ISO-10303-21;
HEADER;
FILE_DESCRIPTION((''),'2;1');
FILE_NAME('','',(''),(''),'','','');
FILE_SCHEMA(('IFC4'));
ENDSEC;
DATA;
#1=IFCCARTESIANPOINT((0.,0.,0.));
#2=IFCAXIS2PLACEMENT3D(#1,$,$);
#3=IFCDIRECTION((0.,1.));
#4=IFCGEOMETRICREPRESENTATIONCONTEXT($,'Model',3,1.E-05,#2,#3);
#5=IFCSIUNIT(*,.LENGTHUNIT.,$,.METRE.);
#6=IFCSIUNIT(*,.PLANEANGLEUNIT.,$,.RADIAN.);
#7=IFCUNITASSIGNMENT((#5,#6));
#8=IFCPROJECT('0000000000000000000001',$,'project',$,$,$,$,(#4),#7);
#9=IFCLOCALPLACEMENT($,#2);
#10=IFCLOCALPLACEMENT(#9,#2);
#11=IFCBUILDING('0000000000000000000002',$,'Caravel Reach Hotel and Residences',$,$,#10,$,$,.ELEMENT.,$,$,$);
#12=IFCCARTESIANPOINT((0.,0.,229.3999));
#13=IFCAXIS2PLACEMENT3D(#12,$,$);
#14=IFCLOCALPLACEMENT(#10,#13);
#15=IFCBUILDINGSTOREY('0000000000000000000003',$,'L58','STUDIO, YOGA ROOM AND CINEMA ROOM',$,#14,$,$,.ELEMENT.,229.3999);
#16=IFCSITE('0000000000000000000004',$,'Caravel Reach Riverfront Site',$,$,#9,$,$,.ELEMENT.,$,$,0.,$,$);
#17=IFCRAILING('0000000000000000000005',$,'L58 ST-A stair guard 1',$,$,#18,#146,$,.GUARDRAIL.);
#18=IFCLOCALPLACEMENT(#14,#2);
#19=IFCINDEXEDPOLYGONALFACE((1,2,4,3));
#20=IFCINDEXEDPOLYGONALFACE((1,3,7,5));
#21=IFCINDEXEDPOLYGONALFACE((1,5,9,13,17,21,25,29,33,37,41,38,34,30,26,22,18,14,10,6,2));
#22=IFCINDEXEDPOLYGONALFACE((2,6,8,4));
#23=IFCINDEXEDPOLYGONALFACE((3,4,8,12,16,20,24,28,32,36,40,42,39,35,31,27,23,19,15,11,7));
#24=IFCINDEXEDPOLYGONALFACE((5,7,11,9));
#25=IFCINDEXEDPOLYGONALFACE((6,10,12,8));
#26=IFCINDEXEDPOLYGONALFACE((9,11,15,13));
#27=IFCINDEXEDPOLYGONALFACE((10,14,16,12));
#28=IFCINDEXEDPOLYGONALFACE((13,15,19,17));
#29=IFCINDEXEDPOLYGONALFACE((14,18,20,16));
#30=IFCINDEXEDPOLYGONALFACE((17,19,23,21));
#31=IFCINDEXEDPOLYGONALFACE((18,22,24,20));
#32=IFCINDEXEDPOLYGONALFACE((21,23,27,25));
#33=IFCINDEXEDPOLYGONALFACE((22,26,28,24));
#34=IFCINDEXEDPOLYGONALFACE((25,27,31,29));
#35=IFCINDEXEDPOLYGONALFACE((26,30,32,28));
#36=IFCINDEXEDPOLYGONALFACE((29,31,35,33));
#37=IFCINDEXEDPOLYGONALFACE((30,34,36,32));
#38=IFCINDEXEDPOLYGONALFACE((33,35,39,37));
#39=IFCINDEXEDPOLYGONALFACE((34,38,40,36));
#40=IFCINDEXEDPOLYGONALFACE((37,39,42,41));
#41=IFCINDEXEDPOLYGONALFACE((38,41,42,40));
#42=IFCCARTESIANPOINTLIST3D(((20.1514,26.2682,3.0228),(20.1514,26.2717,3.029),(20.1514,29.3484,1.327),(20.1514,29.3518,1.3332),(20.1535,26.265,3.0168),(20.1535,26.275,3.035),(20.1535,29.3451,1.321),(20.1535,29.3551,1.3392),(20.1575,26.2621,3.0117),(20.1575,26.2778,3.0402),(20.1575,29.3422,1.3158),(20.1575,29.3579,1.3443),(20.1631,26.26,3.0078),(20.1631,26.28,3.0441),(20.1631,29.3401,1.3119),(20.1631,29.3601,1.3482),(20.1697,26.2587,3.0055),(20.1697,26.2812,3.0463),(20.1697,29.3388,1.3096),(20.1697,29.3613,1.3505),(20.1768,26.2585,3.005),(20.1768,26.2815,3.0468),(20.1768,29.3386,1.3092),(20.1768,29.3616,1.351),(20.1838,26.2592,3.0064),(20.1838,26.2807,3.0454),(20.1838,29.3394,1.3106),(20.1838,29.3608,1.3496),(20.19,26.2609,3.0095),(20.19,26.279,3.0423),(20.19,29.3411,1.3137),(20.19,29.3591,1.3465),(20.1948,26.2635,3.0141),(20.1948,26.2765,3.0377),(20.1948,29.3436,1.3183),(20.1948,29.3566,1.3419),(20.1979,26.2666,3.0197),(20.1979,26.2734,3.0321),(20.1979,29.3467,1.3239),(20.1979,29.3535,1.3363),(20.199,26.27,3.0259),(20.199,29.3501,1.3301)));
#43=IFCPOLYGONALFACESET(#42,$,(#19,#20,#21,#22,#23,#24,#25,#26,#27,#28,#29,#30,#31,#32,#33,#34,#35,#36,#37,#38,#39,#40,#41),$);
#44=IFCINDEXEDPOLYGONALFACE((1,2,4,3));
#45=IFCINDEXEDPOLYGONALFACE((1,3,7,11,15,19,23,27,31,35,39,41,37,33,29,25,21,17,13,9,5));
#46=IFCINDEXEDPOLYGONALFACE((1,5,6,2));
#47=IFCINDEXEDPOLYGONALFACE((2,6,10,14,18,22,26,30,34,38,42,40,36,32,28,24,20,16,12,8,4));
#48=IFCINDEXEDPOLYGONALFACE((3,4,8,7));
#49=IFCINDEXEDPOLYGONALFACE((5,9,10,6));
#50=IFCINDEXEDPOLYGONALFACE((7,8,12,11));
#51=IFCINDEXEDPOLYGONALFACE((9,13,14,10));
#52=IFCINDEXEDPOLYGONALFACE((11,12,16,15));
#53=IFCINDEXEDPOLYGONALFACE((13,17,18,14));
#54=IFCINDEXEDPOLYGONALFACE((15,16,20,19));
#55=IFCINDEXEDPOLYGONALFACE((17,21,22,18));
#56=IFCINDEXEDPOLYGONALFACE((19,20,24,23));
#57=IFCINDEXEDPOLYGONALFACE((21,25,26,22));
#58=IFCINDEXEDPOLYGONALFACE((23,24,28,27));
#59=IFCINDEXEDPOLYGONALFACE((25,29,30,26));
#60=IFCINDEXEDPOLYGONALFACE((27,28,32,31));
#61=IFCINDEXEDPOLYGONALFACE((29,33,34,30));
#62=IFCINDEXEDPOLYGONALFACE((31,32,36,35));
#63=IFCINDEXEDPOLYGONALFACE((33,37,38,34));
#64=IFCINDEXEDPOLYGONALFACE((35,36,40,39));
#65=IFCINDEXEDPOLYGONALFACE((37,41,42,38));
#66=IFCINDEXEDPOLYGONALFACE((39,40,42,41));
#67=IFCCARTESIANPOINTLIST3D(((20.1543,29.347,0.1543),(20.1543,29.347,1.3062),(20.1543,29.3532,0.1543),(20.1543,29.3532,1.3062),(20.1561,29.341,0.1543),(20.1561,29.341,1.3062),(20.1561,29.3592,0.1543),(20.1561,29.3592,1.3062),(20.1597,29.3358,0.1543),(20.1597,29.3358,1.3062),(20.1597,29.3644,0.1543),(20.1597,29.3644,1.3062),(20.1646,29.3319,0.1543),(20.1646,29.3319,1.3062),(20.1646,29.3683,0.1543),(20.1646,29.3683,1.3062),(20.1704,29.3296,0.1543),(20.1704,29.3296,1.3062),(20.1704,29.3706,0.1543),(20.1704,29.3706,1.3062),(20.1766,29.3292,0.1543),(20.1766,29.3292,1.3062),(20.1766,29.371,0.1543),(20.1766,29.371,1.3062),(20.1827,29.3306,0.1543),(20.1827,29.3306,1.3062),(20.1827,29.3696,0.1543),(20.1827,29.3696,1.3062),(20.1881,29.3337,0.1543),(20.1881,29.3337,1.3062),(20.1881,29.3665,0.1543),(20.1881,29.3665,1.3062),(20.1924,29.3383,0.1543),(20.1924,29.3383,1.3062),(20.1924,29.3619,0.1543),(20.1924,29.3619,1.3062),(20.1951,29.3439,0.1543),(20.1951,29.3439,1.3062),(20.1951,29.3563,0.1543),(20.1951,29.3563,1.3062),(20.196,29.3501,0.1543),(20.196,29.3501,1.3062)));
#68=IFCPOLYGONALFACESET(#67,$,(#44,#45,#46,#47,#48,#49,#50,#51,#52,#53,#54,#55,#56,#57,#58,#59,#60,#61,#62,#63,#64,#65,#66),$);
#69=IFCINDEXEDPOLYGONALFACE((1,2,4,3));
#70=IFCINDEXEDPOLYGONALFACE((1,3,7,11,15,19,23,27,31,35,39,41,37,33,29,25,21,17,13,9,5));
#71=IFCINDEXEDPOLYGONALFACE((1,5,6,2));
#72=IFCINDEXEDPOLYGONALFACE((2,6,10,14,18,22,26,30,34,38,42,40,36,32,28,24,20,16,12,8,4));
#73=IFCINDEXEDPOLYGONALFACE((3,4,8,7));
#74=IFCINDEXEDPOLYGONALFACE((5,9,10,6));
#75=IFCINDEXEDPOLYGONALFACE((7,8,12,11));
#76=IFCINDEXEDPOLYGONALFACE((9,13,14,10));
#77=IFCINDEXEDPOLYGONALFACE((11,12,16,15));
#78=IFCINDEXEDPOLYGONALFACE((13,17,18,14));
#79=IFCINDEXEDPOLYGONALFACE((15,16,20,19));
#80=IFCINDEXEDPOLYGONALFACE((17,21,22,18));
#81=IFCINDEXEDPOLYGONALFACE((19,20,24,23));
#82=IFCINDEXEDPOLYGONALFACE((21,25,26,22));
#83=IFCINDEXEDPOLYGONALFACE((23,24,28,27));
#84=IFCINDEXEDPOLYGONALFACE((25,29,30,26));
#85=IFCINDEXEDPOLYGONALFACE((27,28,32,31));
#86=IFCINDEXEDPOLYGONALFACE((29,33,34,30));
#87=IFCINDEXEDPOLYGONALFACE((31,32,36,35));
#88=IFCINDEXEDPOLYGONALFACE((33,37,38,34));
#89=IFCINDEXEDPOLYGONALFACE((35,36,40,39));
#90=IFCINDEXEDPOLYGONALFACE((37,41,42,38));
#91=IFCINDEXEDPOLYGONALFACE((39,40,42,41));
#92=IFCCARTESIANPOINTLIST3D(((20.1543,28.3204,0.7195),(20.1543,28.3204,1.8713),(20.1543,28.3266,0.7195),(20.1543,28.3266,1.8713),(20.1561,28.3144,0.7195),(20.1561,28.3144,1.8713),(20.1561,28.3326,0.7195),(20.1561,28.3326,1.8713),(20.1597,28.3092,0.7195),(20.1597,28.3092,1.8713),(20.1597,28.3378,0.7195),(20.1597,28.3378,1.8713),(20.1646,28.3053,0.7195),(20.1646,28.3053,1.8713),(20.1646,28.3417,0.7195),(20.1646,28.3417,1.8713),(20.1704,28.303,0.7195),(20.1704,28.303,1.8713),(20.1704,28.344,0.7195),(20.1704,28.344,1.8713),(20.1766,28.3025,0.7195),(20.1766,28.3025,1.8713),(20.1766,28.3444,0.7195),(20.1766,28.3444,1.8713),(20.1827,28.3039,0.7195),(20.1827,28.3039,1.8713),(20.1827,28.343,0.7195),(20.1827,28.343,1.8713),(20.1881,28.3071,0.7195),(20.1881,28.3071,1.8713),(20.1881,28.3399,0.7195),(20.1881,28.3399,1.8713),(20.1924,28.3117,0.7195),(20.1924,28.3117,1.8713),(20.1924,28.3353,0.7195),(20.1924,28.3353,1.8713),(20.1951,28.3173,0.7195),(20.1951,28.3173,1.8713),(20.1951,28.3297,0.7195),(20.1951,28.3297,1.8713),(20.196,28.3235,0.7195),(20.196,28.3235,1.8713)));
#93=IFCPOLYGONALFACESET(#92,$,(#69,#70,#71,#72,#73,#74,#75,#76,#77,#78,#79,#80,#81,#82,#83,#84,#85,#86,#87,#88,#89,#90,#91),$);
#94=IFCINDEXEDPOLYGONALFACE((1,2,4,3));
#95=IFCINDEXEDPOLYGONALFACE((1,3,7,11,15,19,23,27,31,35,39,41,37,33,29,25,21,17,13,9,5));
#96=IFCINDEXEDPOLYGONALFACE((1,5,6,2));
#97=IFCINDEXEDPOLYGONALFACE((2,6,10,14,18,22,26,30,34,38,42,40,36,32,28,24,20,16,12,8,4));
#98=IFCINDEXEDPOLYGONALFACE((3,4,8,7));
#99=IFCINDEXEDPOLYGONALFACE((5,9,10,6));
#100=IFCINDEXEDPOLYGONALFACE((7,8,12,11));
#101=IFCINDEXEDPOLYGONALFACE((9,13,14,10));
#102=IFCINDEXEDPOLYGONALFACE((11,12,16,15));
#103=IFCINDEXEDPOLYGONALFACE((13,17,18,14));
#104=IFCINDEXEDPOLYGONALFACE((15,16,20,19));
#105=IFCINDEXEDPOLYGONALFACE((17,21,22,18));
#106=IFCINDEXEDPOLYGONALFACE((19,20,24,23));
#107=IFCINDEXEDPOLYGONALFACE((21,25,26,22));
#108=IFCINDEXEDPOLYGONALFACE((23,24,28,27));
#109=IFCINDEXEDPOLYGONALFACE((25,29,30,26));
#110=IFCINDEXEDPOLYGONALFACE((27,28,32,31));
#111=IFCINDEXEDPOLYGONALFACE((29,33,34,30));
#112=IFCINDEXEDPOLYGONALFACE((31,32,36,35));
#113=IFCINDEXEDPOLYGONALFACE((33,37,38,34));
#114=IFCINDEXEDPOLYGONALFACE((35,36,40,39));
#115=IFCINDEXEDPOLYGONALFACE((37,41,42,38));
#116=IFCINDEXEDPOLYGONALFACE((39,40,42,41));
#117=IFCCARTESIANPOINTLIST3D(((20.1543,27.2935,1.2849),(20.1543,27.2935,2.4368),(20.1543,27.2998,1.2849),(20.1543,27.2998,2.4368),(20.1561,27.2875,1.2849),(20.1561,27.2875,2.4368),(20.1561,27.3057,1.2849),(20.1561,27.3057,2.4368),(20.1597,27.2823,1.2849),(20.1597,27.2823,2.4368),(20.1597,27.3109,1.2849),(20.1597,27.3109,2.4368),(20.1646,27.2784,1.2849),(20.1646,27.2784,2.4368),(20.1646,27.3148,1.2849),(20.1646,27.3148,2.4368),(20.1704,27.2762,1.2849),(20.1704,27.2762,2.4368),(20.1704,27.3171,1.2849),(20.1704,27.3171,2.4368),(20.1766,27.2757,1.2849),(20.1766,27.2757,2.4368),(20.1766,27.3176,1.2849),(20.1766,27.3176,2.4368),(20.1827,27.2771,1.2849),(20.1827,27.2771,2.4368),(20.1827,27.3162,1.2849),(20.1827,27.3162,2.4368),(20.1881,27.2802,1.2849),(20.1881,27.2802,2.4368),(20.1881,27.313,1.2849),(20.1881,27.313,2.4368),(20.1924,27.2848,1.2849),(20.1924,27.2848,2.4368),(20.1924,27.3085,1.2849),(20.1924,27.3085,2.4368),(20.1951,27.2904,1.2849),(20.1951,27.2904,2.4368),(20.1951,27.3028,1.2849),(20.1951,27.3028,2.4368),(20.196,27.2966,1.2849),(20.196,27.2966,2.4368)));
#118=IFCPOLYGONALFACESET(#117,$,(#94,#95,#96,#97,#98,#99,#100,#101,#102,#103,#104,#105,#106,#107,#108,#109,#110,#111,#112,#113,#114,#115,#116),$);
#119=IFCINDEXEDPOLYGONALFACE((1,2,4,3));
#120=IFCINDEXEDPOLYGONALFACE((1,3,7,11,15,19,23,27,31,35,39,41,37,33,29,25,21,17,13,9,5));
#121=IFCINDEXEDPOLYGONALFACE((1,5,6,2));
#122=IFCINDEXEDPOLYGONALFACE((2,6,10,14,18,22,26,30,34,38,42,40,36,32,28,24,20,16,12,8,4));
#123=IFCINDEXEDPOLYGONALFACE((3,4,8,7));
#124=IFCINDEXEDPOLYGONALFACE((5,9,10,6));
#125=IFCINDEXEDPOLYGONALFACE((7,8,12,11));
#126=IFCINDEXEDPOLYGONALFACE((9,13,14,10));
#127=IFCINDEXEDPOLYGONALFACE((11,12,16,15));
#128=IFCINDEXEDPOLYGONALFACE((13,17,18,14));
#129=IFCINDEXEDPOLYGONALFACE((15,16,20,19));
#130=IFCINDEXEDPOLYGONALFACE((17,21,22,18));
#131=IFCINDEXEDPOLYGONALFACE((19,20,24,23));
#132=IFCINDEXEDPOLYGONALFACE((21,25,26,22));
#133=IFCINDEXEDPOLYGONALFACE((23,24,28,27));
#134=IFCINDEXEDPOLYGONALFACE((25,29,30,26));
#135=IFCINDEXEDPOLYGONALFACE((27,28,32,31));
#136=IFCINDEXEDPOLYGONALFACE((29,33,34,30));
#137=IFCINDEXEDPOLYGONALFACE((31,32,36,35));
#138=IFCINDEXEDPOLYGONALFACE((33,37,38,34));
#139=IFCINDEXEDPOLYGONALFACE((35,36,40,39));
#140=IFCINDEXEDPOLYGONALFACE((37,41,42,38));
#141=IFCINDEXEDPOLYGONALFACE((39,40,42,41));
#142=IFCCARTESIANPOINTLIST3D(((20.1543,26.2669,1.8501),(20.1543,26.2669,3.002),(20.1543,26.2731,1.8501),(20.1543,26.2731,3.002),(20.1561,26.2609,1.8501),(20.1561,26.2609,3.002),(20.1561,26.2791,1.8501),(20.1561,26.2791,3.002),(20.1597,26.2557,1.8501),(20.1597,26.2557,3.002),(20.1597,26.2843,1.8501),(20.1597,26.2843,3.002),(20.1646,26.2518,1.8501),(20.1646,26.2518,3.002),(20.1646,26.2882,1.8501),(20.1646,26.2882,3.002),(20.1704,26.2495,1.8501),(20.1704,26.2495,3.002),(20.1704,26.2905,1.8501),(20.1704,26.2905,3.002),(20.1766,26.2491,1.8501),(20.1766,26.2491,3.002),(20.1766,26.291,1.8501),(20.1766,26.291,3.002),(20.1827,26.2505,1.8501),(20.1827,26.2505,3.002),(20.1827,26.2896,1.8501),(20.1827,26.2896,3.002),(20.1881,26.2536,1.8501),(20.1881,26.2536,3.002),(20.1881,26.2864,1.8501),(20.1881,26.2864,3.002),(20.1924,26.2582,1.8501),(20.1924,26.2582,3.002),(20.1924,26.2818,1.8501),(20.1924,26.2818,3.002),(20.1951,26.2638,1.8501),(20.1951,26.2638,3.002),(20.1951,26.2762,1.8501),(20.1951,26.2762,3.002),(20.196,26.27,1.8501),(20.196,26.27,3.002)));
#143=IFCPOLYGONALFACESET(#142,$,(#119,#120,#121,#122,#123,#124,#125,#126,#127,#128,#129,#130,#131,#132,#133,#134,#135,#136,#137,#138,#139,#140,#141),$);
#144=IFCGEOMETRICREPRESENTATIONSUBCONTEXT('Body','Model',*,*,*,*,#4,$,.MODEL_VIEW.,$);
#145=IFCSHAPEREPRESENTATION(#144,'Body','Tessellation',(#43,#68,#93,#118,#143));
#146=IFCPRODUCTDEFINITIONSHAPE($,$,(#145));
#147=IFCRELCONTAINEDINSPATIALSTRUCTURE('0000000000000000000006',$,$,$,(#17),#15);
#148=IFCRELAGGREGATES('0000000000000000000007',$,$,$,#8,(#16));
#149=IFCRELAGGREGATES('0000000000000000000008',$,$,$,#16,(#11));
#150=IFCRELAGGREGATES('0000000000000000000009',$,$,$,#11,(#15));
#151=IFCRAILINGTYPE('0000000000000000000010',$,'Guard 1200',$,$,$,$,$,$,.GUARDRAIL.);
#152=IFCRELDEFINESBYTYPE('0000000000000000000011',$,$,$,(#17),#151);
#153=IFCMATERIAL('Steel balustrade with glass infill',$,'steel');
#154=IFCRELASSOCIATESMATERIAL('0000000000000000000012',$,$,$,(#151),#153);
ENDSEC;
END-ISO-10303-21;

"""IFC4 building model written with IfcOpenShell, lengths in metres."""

from ifc_helpers import new_model, si_unit, direction, frame, origin, origin_2d, place, context, subcontext, project, spatial, circle, extrude, material, type_object, element, save


model = new_model("IFC4")

# Units and contexts
model_context = context("Model", 3, precision=1e-05, world=origin(), true_north=direction((0.0, 1.0)))
body_context = subcontext(model_context, "Body", "Model", "MODEL_VIEW")
ifc_project = project(units=[si_unit("LENGTHUNIT", "METRE"), si_unit("PLANEANGLEUNIT", "RADIAN")], contexts=[model_context])

# Site, building, storey
site_placement = place(None, origin())
site = spatial("IfcSite", under=ifc_project, at=site_placement, Name="Caravel Reach Riverfront Site", CompositionType="ELEMENT", RefElevation=0.0)
building_placement = place(site_placement, origin())
building = spatial("IfcBuilding", under=site, at=building_placement, Name="Caravel Reach Hotel and Residences", CompositionType="ELEMENT")
storey_placement = place(building_placement, frame((0.0, 0.0, 229.3999)))
storey = spatial("IfcBuildingStorey", under=building, at=storey_placement, Name="L58", Description="STUDIO, YOGA ROOM AND CINEMA ROOM", CompositionType="ELEMENT", Elevation=229.3999)

# Railing
ifc_material_1 = material(Name="Steel balustrade with glass infill", Category="steel")
railing_type_1 = type_object("IfcRailingType", Name="Guard 1200", PredefinedType="GUARDRAIL", material=ifc_material_1)
railing_1_placement = place(storey_placement, frame((20.175, 29.3501, 0.1543)))
element("IfcRailing", 1, at=railing_1_placement, inside=storey, type_object=railing_type_1, Name="L58 ST-A stair guard 1", PredefinedType="GUARDRAIL", context=body_context, shape_type="SweptSolid", body=[
    extrude(circle(Radius=0.0239, at=origin_2d()), frame((0.0, 0.0, 1.1758), z_axis=(0.0, -0.876005, 0.482303), x_axis=(1.0, 0.0, 0.0)), (0.0, 0.0, 1.0), 3.5161),
    extrude(circle(Radius=0.021, at=origin_2d()), origin(), (0.0, 0.0, 1.0), 1.1519),
    extrude(circle(Radius=0.021, at=origin_2d()), frame((0.0, -1.0266, 0.5652)), (0.0, 0.0, 1.0), 1.1519),
    extrude(circle(Radius=0.021, at=origin_2d()), frame((0.0, -2.0535, 1.1306)), (0.0, 0.0, 1.0), 1.1519),
    extrude(circle(Radius=0.021, at=origin_2d()), frame((0.0, -3.0801, 1.6958)), (0.0, 0.0, 1.0), 1.1519),
])

save(model, "model.ifc")
